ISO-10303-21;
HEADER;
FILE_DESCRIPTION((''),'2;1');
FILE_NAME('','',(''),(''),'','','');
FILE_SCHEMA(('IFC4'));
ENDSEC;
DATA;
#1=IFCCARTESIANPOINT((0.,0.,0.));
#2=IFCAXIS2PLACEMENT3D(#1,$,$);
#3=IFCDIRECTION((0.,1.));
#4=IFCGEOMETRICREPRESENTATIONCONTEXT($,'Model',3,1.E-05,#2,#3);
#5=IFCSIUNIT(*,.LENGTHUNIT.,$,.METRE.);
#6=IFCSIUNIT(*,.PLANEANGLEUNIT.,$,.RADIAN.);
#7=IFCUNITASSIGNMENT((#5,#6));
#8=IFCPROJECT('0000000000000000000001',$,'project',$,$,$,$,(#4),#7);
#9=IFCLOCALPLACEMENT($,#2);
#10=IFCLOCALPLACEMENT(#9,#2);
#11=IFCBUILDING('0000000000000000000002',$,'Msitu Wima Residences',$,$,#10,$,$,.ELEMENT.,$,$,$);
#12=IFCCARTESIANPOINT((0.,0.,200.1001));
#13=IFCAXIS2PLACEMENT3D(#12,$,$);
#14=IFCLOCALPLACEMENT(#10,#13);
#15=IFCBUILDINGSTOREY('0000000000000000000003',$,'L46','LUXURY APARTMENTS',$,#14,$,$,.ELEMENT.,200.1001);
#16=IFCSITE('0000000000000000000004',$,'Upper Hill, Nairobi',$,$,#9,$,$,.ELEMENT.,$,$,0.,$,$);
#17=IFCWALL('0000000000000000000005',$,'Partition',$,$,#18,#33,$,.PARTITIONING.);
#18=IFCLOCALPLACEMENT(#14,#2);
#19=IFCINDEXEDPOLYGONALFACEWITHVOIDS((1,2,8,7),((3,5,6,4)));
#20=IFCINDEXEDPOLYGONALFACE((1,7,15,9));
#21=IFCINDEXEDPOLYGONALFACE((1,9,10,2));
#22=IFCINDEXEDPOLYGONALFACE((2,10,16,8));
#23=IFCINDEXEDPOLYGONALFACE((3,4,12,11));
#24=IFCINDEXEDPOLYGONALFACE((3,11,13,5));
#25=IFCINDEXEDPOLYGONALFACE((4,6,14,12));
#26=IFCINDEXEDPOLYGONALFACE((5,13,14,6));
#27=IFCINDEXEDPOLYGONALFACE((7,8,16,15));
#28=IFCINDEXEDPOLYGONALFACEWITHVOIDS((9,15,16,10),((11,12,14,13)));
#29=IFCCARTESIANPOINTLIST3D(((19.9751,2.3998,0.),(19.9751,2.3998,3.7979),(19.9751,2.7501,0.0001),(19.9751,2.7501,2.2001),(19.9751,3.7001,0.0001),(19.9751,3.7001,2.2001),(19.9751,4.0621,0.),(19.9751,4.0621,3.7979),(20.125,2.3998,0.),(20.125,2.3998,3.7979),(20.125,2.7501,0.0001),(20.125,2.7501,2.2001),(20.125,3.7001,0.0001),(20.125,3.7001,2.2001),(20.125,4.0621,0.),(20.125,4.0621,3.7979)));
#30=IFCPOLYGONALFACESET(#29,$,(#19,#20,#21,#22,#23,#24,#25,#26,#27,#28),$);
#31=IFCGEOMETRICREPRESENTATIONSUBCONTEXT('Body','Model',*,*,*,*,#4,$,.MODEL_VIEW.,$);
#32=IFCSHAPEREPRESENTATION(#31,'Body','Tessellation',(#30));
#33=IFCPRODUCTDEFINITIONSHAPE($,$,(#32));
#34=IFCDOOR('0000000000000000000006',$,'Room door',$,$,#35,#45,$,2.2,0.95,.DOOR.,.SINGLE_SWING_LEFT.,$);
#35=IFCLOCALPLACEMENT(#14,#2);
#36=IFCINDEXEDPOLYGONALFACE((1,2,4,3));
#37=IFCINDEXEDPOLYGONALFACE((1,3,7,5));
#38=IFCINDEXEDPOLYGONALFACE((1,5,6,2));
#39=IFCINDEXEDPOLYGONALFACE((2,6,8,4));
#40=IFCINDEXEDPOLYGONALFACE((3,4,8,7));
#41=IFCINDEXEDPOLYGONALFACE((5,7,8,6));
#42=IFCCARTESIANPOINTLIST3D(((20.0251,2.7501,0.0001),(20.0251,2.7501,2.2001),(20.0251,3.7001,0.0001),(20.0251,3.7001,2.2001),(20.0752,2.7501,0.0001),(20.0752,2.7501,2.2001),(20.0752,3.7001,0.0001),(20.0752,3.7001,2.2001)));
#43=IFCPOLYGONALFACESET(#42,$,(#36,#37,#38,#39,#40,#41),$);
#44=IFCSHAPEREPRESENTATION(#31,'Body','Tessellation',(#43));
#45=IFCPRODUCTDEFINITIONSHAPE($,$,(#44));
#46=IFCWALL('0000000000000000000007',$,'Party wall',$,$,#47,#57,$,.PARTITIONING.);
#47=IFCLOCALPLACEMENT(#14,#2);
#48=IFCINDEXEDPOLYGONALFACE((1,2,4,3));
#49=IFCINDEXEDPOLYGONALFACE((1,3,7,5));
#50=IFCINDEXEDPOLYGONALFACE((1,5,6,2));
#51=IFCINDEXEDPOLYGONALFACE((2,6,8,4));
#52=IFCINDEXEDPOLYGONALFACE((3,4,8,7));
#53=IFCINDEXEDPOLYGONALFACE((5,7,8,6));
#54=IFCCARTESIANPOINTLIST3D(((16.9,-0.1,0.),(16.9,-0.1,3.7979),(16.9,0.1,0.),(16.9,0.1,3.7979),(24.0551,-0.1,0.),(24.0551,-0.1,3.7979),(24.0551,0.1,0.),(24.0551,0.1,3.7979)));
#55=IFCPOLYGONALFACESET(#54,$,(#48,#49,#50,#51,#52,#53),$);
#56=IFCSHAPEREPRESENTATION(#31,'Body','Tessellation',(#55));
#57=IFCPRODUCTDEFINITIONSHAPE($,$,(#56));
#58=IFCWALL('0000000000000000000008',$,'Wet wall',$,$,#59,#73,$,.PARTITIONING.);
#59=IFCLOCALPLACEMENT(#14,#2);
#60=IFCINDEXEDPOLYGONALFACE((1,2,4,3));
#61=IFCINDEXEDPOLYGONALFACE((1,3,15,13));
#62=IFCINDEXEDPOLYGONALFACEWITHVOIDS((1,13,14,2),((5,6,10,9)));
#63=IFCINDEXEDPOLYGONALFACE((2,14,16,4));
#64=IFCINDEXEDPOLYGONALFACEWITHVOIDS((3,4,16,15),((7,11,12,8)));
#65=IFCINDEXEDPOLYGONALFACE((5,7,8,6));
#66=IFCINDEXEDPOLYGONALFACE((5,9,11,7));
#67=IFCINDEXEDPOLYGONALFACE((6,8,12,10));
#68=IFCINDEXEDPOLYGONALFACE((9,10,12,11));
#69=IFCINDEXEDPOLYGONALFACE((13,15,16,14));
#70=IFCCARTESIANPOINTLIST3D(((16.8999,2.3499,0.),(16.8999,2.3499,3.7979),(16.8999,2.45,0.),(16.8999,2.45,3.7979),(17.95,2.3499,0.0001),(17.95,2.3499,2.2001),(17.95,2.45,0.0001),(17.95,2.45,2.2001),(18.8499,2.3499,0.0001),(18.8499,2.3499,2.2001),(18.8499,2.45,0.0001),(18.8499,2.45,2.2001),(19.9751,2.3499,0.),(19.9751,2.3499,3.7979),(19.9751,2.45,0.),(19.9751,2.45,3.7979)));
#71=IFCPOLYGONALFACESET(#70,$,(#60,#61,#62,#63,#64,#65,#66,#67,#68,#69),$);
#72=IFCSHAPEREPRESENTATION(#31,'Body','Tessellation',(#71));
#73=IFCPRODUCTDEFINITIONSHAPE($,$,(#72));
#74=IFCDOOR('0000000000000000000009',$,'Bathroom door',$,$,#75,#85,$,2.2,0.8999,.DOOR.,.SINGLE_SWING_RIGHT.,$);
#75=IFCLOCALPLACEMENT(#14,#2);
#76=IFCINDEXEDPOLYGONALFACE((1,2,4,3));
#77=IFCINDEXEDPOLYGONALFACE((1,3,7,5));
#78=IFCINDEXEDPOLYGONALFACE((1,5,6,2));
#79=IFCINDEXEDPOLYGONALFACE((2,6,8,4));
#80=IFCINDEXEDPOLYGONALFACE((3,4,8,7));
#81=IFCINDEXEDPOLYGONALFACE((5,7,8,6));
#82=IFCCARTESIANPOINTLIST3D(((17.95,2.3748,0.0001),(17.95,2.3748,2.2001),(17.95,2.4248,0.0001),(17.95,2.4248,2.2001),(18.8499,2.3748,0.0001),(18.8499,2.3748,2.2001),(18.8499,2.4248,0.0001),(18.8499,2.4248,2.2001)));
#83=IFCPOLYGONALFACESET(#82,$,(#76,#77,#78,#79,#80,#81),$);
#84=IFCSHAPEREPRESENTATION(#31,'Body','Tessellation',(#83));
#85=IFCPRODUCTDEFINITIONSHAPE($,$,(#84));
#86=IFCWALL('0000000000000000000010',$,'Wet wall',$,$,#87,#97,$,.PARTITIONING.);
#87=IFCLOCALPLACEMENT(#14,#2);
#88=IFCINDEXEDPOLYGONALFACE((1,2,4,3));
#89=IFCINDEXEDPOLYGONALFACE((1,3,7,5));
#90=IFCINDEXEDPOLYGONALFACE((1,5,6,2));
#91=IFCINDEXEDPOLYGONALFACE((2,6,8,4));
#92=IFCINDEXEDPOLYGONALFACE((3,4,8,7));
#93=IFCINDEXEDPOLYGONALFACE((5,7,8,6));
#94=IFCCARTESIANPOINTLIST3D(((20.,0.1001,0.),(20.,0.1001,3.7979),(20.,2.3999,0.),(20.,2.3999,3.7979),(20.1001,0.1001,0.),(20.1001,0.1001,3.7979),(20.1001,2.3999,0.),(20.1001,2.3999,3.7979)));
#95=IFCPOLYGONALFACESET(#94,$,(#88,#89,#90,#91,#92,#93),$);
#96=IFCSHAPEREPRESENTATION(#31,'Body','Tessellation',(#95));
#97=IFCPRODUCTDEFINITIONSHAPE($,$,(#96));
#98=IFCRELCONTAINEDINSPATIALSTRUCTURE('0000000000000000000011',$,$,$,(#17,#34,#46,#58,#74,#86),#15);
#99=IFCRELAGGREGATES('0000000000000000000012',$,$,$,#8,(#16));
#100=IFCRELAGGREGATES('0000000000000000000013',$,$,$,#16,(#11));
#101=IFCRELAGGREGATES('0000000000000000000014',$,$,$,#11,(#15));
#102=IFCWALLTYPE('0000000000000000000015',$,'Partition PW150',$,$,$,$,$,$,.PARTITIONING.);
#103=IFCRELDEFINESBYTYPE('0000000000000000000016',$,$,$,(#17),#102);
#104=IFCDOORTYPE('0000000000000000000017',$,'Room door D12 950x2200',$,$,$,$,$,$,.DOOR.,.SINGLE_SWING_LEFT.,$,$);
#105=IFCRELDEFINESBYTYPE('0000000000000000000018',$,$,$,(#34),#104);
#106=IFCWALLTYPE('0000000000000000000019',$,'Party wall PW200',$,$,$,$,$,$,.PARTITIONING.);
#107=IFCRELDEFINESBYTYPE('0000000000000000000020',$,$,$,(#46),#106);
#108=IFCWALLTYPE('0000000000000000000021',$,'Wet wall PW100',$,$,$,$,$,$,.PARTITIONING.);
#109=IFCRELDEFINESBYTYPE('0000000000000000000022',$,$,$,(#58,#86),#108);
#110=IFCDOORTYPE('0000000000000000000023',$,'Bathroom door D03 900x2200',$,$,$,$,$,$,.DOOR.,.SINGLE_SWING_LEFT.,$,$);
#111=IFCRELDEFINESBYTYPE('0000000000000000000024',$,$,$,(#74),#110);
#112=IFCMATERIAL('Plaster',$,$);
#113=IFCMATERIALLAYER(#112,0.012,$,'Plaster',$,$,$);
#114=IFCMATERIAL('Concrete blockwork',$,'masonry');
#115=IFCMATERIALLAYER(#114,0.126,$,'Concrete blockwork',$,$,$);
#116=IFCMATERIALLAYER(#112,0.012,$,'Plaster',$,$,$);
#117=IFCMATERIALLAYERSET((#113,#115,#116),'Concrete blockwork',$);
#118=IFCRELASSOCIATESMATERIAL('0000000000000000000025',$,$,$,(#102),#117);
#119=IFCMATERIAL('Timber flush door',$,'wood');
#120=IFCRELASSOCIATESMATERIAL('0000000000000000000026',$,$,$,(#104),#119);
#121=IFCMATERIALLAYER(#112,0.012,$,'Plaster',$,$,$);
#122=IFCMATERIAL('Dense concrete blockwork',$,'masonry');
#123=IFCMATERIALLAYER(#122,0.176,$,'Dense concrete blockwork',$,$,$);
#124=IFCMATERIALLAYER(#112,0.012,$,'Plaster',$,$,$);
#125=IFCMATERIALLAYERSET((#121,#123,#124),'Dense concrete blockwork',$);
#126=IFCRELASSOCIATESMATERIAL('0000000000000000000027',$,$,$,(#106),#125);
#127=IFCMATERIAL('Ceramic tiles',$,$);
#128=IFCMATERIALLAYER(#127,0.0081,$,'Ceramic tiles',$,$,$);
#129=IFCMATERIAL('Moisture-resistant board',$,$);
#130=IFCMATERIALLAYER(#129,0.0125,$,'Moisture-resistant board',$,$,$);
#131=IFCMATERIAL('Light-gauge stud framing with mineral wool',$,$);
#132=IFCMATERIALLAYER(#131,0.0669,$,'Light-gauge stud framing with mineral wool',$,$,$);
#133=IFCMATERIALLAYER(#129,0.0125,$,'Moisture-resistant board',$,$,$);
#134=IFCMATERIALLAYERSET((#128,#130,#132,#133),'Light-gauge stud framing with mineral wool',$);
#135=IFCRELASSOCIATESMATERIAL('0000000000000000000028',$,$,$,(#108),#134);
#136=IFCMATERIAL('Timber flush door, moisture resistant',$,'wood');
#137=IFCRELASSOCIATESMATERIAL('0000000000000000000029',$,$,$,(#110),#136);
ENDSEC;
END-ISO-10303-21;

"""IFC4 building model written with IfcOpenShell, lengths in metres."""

from ifc_helpers import new_model, si_unit, direction, frame, frame_2d, origin, place, context, subcontext, project, spatial, rectangle, extrude, material, layer, layer_set, type_object, element, fill, save


model = new_model("IFC4")

# Units and contexts
model_context = context("Model", 3, precision=1e-05, world=origin(), true_north=direction((0.0, 1.0)))
body_context = subcontext(model_context, "Body", "Model", "MODEL_VIEW")
ifc_project = project(units=[si_unit("LENGTHUNIT", "METRE"), si_unit("PLANEANGLEUNIT", "RADIAN")], contexts=[model_context])

# Site, building, storey
site_placement = place(None, origin())
site = spatial("IfcSite", under=ifc_project, at=site_placement, Name="Upper Hill, Nairobi", CompositionType="ELEMENT", RefElevation=0.0)
building_placement = place(site_placement, origin())
building = spatial("IfcBuilding", under=site, at=building_placement, Name="Msitu Wima Residences", CompositionType="ELEMENT")
storey_placement = place(building_placement, frame((0.0, 0.0, 200.1001)))
storey = spatial("IfcBuildingStorey", under=building, at=storey_placement, Name="L46", Description="LUXURY APARTMENTS", CompositionType="ELEMENT", Elevation=200.1001)

# Shared definitions
ifc_material_1 = material(Name="Plaster")
ifc_material_2 = material(Name="Concrete blockwork", Category="masonry")

# Shared definitions
ifc_layer_1 = layer(ifc_material_1, 0.012, Name="Plaster")
ifc_layer_2 = layer(ifc_material_2, 0.126, Name="Concrete blockwork")
ifc_layer_3 = layer(ifc_material_1, 0.012, Name="Plaster")
ifc_layer_set_1 = layer_set([ifc_layer_1, ifc_layer_2, ifc_layer_3], Name="Concrete blockwork")
wall_type_1 = type_object("IfcWallType", Name="Partition PW150", PredefinedType="PARTITIONING", material=ifc_layer_set_1)
ifc_material_3 = material(Name="Timber flush door", Category="wood")
door_type_1 = type_object("IfcDoorType", Name="Room door D12 950x2200", OperationType="SINGLE_SWING_LEFT", PredefinedType="DOOR", material=ifc_material_3)

# Wall, opening, door
wall_1_placement = place(storey_placement, frame((20.05, 2.3999, 0.0), z_axis=(0.0, 0.0, 1.0), x_axis=(0.0, 1.0, 0.0)))
wall_1 = element("IfcWall", 1, at=wall_1_placement, inside=storey, type_object=wall_type_1, Name="Partition", PredefinedType="PARTITIONING", context=body_context, shape_type="SweptSolid", body=[
    extrude(rectangle(XDim=1.6624, YDim=0.1499, at=frame_2d((0.8311, 0.0))), origin(), (0.0, 0.0, 1.0), 3.7979),
])
opening_1_placement = place(wall_1_placement, frame((0.3501, 0.0, 0.0)))
opening_1 = element("IfcOpeningElement", 2, at=opening_1_placement, cuts=wall_1, PredefinedType="OPENING", context=body_context, shape_type="SweptSolid", body=[
    extrude(rectangle(XDim=0.95, YDim=2.2, at=frame_2d((0.4751, 1.1001))), frame((0.0, 0.085, 0.0), z_axis=(0.0, -1.0, 0.0), x_axis=(1.0, 0.0, 0.0)), (0.0, 0.0, 1.0), 0.1699),
])
door_1_placement = place(opening_1_placement, origin())
door_1 = element("IfcDoor", 3, at=door_1_placement, inside=storey, type_object=door_type_1, Name="Room door", OperationType="SINGLE_SWING_LEFT", OverallHeight=2.2, OverallWidth=0.95, PredefinedType="DOOR", context=body_context, shape_type="SweptSolid", body=[
    extrude(rectangle(XDim=0.95, YDim=2.2, at=frame_2d((0.4751, 1.1001))), frame((0.0, 0.0249, 0.0), z_axis=(0.0, -1.0, 0.0), x_axis=(1.0, 0.0, 0.0)), (0.0, 0.0, 1.0), 0.05),
])
fill(opening_1, door_1)

# Wall
ifc_layer_4 = layer(ifc_material_1, 0.012, Name="Plaster")
ifc_material_4 = material(Name="Dense concrete blockwork", Category="masonry")
ifc_layer_5 = layer(ifc_material_4, 0.176, Name="Dense concrete blockwork")
ifc_layer_6 = layer(ifc_material_1, 0.012, Name="Plaster")
ifc_layer_set_2 = layer_set([ifc_layer_4, ifc_layer_5, ifc_layer_6], Name="Dense concrete blockwork")
wall_type_2 = type_object("IfcWallType", Name="Party wall PW200", PredefinedType="PARTITIONING", material=ifc_layer_set_2)
wall_2_placement = place(storey_placement, frame((16.8999, 0.0, 0.0), z_axis=(0.0, 0.0, 1.0), x_axis=(1.0, 0.0, 0.0)))
element("IfcWall", 4, at=wall_2_placement, inside=storey, type_object=wall_type_2, Name="Party wall", PredefinedType="PARTITIONING", context=body_context, shape_type="SweptSolid", body=[
    extrude(rectangle(XDim=7.155, YDim=0.2, at=frame_2d((3.5776, 0.0))), origin(), (0.0, 0.0, 1.0), 3.7979),
])

# Wall, opening, door
ifc_material_5 = material(Name="Ceramic tiles")
ifc_layer_7 = layer(ifc_material_5, 0.0081, Name="Ceramic tiles")
ifc_material_6 = material(Name="Moisture-resistant board")
ifc_layer_8 = layer(ifc_material_6, 0.0125, Name="Moisture-resistant board")
ifc_material_7 = material(Name="Light-gauge stud framing with mineral wool")
ifc_layer_9 = layer(ifc_material_7, 0.0669, Name="Light-gauge stud framing with mineral wool")
ifc_layer_10 = layer(ifc_material_6, 0.0125, Name="Moisture-resistant board")
ifc_layer_set_3 = layer_set([ifc_layer_7, ifc_layer_8, ifc_layer_9, ifc_layer_10], Name="Light-gauge stud framing with mineral wool")
wall_type_3 = type_object("IfcWallType", Name="Wet wall PW100", PredefinedType="PARTITIONING", material=ifc_layer_set_3)
wall_3_placement = place(storey_placement, frame((16.8999, 2.3999, 0.0), z_axis=(0.0, 0.0, 1.0), x_axis=(1.0, 0.0, 0.0)))
wall_3 = element("IfcWall", 5, at=wall_3_placement, inside=storey, type_object=wall_type_3, Name="Wet wall", PredefinedType="PARTITIONING", context=body_context, shape_type="SweptSolid", body=[
    extrude(rectangle(XDim=3.0752, YDim=0.1001, at=frame_2d((1.5376, 0.0))), origin(), (0.0, 0.0, 1.0), 3.7979),
])
opening_2_placement = place(wall_3_placement, frame((1.05, 0.0, 0.0)))
opening_2 = element("IfcOpeningElement", 6, at=opening_2_placement, cuts=wall_3, PredefinedType="OPENING", context=body_context, shape_type="SweptSolid", body=[
    extrude(rectangle(XDim=0.8999, YDim=2.2, at=frame_2d((0.45, 1.1001))), frame((0.0, 0.0601, 0.0), z_axis=(0.0, -1.0, 0.0), x_axis=(1.0, 0.0, 0.0)), (0.0, 0.0, 1.0), 0.1201),
])
ifc_material_8 = material(Name="Timber flush door, moisture resistant", Category="wood")
door_type_2 = type_object("IfcDoorType", Name="Bathroom door D03 900x2200", OperationType="SINGLE_SWING_LEFT", PredefinedType="DOOR", material=ifc_material_8)
door_2_placement = place(opening_2_placement, origin())
door_2 = element("IfcDoor", 7, at=door_2_placement, inside=storey, type_object=door_type_2, Name="Bathroom door", OperationType="SINGLE_SWING_RIGHT", OverallHeight=2.2, OverallWidth=0.8999, PredefinedType="DOOR", context=body_context, shape_type="SweptSolid", body=[
    extrude(rectangle(XDim=0.8999, YDim=2.2, at=frame_2d((0.45, 1.1001))), frame((0.0, 0.0249, 0.0), z_axis=(0.0, -1.0, 0.0), x_axis=(1.0, 0.0, 0.0)), (0.0, 0.0, 1.0), 0.05),
])
fill(opening_2, door_2)

# Wall
wall_4_placement = place(storey_placement, frame((20.05, 0.1001, 0.0), z_axis=(0.0, 0.0, 1.0), x_axis=(0.0, 1.0, 0.0)))
element("IfcWall", 8, at=wall_4_placement, inside=storey, type_object=wall_type_3, Name="Wet wall", PredefinedType="PARTITIONING", context=body_context, shape_type="SweptSolid", body=[
    extrude(rectangle(XDim=2.2998, YDim=0.1001, at=frame_2d((1.1499, 0.0))), origin(), (0.0, 0.0, 1.0), 3.7979),
])

save(model, "model.ifc")
